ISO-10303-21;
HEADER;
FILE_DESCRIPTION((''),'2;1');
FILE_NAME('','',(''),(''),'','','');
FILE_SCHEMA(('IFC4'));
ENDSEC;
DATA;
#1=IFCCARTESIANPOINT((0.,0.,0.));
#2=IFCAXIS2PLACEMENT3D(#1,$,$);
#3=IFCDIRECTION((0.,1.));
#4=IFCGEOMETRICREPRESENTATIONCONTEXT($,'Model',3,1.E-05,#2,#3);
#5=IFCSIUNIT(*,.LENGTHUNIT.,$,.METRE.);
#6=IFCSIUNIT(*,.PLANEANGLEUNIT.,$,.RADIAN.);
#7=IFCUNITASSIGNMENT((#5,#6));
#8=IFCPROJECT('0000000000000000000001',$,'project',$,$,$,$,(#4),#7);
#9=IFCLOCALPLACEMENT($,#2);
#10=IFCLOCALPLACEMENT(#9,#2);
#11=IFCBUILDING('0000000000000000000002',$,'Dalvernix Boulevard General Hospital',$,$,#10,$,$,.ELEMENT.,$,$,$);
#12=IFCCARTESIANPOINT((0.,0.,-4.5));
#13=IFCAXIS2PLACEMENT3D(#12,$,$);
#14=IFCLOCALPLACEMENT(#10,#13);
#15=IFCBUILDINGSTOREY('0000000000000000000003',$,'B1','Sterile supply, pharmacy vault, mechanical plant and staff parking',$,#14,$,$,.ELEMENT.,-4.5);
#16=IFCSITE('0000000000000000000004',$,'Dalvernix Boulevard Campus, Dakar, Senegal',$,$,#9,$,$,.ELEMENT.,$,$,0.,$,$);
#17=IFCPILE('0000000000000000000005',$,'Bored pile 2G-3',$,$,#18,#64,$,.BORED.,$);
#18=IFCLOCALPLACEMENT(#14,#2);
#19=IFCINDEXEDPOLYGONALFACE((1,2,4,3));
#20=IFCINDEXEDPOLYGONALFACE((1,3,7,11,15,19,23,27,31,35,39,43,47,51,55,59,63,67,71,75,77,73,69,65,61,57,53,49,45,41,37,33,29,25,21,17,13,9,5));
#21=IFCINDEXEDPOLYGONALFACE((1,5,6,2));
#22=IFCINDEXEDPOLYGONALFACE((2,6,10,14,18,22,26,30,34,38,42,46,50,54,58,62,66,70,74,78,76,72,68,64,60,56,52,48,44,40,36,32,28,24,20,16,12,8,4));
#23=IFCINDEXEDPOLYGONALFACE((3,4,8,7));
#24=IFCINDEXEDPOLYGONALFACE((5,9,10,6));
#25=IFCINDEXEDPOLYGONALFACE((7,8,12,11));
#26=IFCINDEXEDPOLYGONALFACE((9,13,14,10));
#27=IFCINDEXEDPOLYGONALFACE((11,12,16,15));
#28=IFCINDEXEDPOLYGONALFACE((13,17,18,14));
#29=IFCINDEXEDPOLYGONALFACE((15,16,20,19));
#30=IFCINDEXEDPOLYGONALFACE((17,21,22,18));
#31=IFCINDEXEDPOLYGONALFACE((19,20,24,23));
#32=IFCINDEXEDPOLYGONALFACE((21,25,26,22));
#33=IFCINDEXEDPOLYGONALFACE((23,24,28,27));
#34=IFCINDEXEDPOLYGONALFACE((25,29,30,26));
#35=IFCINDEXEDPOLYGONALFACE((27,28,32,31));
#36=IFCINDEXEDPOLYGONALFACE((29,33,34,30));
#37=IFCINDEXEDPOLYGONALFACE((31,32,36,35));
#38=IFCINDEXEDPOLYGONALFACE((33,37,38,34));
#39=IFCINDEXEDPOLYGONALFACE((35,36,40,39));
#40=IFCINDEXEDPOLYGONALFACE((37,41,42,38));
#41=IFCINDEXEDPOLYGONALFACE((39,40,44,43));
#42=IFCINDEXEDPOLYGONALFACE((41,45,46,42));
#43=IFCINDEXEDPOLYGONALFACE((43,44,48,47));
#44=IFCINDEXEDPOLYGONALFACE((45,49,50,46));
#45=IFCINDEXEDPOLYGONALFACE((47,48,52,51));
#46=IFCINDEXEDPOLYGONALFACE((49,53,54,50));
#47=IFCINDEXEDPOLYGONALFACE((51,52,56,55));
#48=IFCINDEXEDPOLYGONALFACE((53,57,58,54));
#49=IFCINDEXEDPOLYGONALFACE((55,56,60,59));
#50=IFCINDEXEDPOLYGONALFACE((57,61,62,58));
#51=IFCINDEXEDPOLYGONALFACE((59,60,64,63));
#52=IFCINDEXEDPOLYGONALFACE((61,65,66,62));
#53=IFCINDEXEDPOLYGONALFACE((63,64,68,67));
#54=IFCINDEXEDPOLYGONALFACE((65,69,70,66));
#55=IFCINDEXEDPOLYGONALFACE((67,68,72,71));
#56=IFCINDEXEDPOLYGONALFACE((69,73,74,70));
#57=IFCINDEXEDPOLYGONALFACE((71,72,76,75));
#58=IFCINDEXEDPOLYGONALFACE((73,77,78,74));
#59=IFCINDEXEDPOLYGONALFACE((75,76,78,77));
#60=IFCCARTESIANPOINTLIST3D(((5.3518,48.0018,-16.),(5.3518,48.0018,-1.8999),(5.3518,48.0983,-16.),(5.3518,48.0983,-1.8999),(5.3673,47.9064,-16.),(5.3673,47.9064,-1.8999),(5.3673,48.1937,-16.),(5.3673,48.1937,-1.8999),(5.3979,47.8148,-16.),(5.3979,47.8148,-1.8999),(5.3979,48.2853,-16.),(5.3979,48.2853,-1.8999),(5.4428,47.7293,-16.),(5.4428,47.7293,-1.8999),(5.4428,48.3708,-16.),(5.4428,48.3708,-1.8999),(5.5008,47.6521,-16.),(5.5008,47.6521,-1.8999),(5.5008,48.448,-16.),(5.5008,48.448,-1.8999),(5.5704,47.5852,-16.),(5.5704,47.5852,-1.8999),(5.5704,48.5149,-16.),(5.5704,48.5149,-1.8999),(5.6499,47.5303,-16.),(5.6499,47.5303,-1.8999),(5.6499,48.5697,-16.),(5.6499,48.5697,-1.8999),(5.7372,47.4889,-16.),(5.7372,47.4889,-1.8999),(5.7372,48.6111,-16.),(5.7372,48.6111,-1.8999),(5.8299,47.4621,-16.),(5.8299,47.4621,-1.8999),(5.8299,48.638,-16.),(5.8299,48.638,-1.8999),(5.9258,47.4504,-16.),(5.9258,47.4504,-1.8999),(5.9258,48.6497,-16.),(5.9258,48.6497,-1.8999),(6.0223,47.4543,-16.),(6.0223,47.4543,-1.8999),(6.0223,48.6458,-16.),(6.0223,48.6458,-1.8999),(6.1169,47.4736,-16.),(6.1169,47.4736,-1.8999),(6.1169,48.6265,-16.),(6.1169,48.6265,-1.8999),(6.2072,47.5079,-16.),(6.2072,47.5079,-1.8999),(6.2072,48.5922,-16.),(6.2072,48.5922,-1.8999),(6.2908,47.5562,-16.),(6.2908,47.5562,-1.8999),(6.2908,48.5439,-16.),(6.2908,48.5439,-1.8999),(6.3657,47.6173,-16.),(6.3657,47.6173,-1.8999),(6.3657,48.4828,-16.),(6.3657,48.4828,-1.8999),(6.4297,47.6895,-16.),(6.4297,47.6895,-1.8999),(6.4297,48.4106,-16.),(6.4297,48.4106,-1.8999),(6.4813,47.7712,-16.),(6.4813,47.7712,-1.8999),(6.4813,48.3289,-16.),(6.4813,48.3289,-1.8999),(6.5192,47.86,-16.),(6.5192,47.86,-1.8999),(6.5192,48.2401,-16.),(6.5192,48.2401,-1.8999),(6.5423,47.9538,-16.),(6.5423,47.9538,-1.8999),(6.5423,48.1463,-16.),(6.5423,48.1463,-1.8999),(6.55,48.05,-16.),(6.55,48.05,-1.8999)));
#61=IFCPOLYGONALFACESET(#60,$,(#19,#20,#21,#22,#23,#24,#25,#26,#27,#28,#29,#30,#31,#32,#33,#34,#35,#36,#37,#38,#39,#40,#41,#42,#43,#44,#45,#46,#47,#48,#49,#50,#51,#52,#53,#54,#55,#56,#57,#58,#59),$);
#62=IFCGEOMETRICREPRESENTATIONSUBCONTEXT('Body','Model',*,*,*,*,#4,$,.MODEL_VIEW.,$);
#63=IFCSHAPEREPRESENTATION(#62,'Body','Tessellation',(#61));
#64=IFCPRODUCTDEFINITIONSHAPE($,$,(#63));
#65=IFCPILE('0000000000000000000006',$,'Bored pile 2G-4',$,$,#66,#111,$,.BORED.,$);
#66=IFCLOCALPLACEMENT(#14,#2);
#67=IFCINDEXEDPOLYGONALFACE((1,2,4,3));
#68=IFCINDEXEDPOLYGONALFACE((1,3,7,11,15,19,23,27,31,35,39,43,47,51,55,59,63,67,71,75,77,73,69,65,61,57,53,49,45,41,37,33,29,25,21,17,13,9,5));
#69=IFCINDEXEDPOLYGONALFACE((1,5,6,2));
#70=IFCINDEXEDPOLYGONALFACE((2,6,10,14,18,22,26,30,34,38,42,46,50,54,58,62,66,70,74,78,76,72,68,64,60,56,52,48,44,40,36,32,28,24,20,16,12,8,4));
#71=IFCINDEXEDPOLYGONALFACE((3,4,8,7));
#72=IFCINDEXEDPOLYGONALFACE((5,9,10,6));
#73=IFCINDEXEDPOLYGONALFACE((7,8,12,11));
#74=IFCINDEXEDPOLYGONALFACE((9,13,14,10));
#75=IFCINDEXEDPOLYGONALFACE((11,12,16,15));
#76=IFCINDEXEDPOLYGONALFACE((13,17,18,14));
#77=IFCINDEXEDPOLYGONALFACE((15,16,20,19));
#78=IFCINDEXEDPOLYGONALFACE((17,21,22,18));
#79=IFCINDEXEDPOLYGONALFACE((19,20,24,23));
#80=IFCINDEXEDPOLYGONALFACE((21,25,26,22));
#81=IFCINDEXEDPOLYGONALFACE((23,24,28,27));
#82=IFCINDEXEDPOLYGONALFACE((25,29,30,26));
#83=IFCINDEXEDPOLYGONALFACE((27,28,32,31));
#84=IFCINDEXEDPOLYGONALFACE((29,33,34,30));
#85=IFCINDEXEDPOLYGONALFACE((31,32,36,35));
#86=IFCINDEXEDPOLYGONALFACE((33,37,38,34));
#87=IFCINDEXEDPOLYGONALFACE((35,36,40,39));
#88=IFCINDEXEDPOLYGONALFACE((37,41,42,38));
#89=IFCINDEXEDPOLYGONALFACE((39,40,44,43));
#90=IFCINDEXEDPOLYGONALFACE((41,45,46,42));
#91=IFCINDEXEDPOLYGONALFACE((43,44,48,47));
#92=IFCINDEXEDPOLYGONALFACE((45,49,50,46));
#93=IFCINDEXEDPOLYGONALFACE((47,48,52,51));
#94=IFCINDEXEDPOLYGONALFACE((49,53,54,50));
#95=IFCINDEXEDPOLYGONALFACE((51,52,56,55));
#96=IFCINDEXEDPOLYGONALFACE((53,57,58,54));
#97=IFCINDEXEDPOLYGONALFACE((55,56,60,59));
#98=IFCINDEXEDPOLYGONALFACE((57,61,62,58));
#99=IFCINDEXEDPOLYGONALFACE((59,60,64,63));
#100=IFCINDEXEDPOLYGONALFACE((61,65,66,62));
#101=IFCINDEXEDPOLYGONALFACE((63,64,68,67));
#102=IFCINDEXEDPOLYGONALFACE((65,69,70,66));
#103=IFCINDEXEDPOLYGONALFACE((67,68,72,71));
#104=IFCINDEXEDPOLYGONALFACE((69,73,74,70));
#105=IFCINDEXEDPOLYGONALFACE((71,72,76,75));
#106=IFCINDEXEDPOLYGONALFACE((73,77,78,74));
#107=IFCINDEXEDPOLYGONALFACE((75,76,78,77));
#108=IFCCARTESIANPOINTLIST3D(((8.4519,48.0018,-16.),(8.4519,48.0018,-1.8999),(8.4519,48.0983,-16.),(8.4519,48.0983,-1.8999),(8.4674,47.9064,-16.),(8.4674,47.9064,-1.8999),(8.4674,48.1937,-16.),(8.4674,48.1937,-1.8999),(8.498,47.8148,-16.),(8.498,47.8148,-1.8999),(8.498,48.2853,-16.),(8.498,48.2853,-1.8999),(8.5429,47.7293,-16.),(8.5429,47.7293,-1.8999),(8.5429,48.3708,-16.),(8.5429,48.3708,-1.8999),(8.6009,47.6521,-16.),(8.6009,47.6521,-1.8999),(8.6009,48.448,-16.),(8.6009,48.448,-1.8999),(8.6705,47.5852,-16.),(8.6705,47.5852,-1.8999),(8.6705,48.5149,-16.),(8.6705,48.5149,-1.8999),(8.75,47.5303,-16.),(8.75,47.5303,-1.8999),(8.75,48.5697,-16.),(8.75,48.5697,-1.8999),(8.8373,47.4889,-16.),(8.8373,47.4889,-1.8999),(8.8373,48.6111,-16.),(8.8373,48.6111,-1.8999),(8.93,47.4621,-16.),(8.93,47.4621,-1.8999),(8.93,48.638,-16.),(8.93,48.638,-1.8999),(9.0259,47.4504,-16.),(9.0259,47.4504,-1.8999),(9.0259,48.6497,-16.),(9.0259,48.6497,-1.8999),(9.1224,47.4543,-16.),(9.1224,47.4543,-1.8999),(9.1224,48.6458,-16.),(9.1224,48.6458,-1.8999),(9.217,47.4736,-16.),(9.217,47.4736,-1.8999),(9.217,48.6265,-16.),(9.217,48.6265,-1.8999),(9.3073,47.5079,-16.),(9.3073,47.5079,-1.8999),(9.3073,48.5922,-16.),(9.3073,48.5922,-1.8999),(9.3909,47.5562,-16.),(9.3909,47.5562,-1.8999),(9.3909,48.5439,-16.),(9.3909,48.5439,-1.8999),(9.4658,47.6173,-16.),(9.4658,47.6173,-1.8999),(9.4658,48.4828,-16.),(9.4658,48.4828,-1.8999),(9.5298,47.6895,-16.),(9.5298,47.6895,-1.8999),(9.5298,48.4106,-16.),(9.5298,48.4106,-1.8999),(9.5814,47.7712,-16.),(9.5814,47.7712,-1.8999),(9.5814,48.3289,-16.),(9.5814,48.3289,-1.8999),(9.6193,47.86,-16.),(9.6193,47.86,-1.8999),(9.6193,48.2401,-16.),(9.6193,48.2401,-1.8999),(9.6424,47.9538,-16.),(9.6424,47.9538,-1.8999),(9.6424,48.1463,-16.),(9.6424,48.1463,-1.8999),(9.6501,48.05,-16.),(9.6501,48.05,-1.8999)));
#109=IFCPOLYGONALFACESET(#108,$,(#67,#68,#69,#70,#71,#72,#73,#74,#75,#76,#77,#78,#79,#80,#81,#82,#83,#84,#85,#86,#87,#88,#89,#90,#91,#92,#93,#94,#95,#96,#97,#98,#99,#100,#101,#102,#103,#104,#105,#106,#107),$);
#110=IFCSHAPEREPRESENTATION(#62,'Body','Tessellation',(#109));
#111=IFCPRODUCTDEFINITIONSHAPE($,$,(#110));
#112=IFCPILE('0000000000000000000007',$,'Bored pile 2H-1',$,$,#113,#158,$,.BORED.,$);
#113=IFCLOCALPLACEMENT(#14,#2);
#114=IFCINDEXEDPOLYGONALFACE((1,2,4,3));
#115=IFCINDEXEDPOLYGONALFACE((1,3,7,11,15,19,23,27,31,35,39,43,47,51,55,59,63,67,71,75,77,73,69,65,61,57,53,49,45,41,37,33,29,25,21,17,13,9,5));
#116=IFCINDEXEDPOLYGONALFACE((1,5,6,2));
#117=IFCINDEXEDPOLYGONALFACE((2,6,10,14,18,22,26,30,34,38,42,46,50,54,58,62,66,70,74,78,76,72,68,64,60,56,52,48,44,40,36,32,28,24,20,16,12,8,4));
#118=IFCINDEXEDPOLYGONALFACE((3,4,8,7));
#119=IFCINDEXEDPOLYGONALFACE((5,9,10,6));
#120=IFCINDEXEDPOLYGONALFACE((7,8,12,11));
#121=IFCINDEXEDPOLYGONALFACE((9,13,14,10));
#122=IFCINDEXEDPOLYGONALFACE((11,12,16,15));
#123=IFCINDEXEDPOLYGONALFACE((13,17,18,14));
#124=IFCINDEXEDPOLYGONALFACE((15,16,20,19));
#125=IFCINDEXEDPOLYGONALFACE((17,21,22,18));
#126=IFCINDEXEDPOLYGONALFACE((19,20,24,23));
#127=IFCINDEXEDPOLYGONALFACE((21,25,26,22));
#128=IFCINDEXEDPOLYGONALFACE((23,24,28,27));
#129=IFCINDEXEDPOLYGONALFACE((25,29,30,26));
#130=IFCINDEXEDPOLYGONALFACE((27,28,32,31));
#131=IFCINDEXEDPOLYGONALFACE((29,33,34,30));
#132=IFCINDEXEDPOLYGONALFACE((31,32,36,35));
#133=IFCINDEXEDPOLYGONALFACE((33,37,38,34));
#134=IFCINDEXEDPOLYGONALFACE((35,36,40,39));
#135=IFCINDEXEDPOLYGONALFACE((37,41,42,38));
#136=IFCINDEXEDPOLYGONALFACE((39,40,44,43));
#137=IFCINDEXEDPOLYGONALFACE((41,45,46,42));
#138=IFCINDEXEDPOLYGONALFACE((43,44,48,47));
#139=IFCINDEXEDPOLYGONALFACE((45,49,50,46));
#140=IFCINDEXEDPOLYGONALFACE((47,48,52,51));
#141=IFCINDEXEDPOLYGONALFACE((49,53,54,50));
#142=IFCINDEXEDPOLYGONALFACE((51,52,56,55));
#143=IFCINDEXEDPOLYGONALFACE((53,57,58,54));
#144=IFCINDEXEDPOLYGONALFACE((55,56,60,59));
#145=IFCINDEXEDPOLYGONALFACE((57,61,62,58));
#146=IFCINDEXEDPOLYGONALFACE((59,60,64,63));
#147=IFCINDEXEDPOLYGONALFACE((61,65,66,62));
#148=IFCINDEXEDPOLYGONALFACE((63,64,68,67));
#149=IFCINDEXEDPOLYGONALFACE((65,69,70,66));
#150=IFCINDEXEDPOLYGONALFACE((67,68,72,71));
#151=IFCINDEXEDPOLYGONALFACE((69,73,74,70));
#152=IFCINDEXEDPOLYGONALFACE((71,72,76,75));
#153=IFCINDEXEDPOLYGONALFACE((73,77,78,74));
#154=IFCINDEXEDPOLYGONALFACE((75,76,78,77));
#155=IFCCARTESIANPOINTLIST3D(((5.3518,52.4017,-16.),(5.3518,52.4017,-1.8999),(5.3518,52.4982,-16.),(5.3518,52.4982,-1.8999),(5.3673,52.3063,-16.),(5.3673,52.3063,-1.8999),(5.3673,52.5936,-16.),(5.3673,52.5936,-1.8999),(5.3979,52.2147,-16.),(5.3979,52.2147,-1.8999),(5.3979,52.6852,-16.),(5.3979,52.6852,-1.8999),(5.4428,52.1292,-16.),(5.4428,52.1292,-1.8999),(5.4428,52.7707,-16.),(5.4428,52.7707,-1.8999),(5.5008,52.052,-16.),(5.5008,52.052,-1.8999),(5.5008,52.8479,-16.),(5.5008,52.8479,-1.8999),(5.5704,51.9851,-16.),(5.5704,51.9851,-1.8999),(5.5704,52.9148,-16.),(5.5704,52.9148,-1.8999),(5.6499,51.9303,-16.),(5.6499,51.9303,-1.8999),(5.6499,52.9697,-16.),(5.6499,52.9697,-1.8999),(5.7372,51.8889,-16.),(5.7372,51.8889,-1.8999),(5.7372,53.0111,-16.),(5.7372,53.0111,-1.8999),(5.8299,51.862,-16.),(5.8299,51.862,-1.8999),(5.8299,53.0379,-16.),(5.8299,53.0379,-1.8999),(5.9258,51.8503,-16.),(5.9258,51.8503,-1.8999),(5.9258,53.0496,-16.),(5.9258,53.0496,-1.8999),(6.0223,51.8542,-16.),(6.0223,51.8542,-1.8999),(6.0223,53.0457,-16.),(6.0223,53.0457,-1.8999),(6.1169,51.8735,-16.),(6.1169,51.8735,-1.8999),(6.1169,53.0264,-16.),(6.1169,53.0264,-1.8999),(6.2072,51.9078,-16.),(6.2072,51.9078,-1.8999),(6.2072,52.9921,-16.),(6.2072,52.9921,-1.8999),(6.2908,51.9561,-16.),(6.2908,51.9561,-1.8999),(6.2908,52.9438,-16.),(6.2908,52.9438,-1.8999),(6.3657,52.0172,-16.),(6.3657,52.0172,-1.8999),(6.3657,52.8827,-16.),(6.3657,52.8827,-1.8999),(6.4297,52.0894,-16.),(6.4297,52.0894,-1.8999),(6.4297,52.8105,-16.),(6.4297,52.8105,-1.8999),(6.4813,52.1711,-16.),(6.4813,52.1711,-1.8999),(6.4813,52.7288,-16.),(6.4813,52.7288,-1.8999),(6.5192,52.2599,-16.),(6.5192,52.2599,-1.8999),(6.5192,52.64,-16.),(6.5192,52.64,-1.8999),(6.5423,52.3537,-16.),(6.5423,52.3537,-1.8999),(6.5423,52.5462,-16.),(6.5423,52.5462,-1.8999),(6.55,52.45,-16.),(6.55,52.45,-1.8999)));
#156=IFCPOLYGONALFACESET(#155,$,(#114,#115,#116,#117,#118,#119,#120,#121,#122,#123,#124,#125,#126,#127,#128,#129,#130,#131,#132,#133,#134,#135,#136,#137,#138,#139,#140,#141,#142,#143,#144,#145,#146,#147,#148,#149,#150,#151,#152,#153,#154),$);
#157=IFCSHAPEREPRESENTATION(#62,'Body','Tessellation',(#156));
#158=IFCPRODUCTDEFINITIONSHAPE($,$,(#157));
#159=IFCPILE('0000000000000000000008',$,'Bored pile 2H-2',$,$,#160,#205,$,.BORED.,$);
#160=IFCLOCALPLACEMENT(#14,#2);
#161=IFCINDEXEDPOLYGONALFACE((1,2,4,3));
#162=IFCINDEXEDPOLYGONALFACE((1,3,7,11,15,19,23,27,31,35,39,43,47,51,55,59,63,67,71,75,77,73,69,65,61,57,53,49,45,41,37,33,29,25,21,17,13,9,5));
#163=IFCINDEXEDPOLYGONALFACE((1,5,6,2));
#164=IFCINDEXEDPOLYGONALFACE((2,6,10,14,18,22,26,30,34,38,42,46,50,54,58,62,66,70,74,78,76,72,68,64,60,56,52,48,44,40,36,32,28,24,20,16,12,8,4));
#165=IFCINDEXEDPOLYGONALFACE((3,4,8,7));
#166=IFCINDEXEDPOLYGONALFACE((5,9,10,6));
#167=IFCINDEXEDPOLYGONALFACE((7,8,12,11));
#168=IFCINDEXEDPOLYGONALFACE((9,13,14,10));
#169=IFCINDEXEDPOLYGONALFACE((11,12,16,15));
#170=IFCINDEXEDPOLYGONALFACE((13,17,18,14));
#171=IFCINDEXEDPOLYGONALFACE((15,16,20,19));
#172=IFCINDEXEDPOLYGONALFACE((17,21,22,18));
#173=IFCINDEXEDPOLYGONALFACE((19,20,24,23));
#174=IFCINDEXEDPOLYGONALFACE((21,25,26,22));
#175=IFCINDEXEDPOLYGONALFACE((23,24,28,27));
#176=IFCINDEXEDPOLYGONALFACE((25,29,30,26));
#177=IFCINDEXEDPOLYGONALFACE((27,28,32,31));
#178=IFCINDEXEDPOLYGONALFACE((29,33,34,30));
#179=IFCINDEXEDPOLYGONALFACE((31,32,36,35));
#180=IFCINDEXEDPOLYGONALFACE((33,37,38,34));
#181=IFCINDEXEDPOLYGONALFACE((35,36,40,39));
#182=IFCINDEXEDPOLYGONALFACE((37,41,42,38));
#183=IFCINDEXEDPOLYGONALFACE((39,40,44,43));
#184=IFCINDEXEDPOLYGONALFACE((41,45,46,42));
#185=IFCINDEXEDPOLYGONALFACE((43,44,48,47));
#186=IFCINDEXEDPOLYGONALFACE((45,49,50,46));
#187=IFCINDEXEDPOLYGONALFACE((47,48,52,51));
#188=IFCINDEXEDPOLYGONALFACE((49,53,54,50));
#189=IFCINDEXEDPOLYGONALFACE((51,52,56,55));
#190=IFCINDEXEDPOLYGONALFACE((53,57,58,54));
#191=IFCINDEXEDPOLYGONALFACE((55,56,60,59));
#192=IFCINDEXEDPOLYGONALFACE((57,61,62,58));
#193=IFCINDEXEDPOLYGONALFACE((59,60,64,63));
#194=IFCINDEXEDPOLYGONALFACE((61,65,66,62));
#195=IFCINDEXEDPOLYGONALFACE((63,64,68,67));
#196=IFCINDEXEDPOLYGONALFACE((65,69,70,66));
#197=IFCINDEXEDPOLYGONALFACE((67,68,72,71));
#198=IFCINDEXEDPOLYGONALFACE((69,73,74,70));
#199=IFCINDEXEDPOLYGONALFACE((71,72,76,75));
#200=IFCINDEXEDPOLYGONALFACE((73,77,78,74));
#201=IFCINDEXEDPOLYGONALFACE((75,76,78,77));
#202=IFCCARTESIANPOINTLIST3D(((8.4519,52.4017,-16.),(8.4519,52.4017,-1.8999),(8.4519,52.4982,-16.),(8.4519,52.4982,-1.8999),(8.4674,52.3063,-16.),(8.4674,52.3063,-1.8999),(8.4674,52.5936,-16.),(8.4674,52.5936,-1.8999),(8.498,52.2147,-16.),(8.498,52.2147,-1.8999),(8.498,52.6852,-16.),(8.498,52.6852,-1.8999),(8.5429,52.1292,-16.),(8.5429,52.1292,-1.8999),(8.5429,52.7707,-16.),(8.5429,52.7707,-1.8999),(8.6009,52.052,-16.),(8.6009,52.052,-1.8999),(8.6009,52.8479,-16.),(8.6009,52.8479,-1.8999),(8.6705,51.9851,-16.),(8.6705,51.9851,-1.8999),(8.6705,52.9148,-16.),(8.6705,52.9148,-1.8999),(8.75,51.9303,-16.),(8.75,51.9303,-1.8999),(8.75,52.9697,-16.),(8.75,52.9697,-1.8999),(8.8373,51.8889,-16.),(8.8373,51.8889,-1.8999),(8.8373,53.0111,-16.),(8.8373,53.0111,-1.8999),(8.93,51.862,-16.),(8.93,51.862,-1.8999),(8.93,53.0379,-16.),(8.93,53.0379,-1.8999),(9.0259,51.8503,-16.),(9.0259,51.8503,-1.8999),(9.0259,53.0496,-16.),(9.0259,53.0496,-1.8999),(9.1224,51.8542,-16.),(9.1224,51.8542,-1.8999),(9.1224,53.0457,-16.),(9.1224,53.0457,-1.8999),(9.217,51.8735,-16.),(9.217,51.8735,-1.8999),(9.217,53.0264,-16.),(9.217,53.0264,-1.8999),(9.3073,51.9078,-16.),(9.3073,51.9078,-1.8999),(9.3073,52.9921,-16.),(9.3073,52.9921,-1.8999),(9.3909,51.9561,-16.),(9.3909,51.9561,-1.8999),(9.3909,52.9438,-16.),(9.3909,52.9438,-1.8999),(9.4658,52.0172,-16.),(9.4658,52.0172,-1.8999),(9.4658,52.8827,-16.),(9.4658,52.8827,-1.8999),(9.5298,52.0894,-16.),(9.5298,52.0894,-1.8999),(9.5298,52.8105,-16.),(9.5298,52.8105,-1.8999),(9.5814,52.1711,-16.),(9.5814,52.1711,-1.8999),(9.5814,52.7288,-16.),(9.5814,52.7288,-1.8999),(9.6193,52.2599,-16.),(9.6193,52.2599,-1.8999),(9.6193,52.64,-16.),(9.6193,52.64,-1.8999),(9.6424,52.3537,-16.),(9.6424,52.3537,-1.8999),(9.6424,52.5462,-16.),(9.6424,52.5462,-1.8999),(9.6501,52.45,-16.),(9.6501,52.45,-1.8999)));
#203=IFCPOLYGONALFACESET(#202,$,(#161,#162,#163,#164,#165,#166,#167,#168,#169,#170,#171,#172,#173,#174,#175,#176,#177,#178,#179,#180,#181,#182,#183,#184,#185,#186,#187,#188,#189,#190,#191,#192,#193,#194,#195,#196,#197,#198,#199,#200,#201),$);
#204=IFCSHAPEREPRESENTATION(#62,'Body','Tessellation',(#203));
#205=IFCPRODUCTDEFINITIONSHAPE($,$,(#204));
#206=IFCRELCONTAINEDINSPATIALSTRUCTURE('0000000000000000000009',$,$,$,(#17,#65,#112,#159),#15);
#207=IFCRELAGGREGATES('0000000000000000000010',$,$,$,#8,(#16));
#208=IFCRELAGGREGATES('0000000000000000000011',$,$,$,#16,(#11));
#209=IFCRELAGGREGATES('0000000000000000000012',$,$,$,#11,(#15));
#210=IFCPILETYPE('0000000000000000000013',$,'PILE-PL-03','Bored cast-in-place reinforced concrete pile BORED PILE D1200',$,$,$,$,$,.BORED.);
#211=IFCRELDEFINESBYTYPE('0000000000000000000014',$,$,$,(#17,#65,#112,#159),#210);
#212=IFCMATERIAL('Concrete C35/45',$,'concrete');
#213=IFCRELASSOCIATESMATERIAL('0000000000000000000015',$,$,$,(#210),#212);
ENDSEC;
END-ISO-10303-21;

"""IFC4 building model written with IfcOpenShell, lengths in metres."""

from ifc_helpers import new_model, si_unit, direction, frame, origin, origin_2d, place, context, subcontext, project, spatial, circle, extrude, material, material_profile, profile_set, type_object, element, save


model = new_model("IFC4")

# Units and contexts
model_context = context("Model", 3, precision=1e-05, world=origin(), true_north=direction((0.0, 1.0)))
body_context = subcontext(model_context, "Body", "Model", "MODEL_VIEW")
ifc_project = project(units=[si_unit("LENGTHUNIT", "METRE"), si_unit("PLANEANGLEUNIT", "RADIAN")], contexts=[model_context])

# Site, building, storey
site_placement = place(None, origin())
site = spatial("IfcSite", under=ifc_project, at=site_placement, Name="Dalvernix Boulevard Campus, Dakar, Senegal", CompositionType="ELEMENT", RefElevation=0.0)
building_placement = place(site_placement, origin())
building = spatial("IfcBuilding", under=site, at=building_placement, Name="Dalvernix Boulevard General Hospital", CompositionType="ELEMENT")
storey_placement = place(building_placement, frame((0.0, 0.0, -4.5)))
storey = spatial("IfcBuildingStorey", under=building, at=storey_placement, Name="B1", Description="Sterile supply, pharmacy vault, mechanical plant and staff parking", CompositionType="ELEMENT", Elevation=-4.5)

# Shared definitions
ifc_material_1 = material(Name="Concrete C35/45", Category="concrete")

# Piles
ifc_material_profile_1 = material_profile(ifc_material_1, circle(Radius=0.6001, at=origin_2d()), Name="BORED PILE D1200")
ifc_profile_set_1 = profile_set([ifc_material_profile_1], Name="Concrete C35/45")
pile_type = type_object("IfcPileType", Name="PILE-PL-03", Description="Bored cast-in-place reinforced concrete pile BORED PILE D1200", PredefinedType="BORED", material=ifc_profile_set_1)
for number, where, z_axis, x_axis, name in (
    (1, (5.95, 48.05, -1.8999), (0.0, 0.0, -1.0), (1.0, 0.0, 0.0), "Bored pile 2G-3"),
    (2, (9.05, 48.05, -1.8999), (0.0, 0.0, -1.0), (1.0, 0.0, 0.0), "Bored pile 2G-4"),
    (3, (5.95, 52.45, -1.8999), (0.0, 0.0, -1.0), (1.0, 0.0, 0.0), "Bored pile 2H-1"),
    (4, (9.05, 52.45, -1.8999), (0.0, 0.0, -1.0), (1.0, 0.0, 0.0), "Bored pile 2H-2"),
):
    element("IfcPile", number, at=place(storey_placement, frame(where, z_axis=z_axis, x_axis=x_axis)), inside=storey, type_object=pile_type, Name=name, PredefinedType="BORED", context=body_context, shape_type="SweptSolid", body=[
        extrude(circle(Radius=0.6001, at=origin_2d()), origin(), (0.0, 0.0, 1.0), 14.1001),
    ])

save(model, "model.ifc")
